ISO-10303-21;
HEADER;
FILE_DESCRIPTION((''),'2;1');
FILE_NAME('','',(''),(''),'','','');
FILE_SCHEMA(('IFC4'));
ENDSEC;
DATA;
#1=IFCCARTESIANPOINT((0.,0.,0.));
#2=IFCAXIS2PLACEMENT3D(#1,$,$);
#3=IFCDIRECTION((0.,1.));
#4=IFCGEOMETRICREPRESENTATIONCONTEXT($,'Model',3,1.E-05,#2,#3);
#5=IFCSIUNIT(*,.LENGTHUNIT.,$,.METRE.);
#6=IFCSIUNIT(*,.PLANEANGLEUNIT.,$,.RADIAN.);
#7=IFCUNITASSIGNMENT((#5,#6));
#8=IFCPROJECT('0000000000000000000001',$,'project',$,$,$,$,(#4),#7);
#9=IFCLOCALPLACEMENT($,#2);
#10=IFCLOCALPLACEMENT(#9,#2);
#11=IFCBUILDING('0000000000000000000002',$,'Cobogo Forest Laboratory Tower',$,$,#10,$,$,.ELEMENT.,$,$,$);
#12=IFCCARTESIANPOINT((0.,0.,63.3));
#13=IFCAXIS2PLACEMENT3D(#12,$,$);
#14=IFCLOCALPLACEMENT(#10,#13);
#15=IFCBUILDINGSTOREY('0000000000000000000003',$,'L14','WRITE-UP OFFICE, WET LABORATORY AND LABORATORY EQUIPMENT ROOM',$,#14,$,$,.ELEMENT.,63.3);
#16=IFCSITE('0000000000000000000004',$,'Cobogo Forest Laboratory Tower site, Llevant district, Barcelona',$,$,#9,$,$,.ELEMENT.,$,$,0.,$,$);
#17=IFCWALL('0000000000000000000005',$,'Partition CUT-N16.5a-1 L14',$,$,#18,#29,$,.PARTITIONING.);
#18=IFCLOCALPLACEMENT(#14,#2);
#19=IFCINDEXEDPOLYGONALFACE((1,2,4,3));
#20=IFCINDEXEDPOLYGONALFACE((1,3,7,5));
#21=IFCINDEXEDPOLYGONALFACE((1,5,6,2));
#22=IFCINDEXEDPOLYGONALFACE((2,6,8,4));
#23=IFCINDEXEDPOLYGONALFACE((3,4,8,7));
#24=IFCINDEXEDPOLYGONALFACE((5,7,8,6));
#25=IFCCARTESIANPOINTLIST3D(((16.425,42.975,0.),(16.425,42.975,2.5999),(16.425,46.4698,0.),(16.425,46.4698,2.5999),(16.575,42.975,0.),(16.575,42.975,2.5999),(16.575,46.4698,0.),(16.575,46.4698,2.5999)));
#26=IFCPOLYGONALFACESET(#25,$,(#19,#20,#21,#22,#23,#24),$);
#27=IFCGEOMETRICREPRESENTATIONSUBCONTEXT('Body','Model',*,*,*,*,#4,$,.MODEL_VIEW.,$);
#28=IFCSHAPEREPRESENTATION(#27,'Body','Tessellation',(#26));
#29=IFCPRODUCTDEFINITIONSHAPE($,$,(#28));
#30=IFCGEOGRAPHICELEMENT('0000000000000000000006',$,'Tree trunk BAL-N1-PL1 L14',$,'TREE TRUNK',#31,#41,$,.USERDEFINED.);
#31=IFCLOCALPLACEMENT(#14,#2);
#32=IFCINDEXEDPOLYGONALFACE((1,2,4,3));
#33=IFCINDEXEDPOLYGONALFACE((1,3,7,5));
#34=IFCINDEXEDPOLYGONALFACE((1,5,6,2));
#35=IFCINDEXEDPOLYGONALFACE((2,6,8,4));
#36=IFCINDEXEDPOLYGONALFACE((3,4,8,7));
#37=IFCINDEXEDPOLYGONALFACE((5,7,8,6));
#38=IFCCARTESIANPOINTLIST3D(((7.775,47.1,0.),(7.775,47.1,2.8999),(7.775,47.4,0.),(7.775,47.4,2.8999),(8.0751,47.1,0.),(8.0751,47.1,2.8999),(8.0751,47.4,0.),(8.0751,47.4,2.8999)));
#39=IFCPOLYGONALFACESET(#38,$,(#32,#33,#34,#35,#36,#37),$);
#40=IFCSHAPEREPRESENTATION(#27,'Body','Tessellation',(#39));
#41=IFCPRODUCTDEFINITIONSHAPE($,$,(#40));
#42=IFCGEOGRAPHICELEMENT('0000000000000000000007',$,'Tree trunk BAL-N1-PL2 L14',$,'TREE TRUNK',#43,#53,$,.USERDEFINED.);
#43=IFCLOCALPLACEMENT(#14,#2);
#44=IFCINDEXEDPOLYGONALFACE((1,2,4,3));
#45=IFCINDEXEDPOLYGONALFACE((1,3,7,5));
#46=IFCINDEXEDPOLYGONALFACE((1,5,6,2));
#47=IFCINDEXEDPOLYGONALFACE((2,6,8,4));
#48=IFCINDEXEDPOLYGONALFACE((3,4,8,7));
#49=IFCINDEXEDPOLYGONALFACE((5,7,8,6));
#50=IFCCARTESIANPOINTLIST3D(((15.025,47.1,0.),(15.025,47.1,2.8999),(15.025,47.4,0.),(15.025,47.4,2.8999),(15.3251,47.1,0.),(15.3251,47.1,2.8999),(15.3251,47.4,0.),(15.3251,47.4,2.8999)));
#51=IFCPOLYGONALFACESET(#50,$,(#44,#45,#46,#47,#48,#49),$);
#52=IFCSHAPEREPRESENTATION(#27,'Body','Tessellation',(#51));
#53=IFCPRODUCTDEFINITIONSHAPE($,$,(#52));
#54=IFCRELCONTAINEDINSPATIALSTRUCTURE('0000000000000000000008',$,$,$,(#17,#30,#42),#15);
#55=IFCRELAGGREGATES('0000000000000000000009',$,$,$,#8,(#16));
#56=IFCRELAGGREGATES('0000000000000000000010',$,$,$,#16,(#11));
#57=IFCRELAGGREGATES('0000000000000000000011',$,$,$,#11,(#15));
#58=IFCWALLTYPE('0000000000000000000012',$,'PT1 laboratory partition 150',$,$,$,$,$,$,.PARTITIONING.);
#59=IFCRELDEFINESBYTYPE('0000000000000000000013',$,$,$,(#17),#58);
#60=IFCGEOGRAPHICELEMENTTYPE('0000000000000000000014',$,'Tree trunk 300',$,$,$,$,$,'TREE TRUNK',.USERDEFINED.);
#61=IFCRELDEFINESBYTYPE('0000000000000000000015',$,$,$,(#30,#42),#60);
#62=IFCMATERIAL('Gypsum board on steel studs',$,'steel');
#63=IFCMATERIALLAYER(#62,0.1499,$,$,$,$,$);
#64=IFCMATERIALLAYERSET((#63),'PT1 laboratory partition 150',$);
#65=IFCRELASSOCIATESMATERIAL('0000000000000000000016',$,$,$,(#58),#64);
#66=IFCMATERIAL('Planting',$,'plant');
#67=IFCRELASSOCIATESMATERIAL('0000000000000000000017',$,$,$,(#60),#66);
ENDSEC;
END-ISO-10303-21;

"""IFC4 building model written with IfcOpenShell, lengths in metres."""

from ifc_helpers import new_model, si_unit, direction, frame, frame_2d, origin, origin_2d, place, context, subcontext, project, spatial, rectangle, extrude, material, layer, layer_set, type_object, element, save


model = new_model("IFC4")

# Units and contexts
model_context = context("Model", 3, precision=1e-05, world=origin(), true_north=direction((0.0, 1.0)))
body_context = subcontext(model_context, "Body", "Model", "MODEL_VIEW")
ifc_project = project(units=[si_unit("LENGTHUNIT", "METRE"), si_unit("PLANEANGLEUNIT", "RADIAN")], contexts=[model_context])

# Site, building, storey
site_placement = place(None, origin())
site = spatial("IfcSite", under=ifc_project, at=site_placement, Name="Cobogo Forest Laboratory Tower site, Llevant district, Barcelona", CompositionType="ELEMENT", RefElevation=0.0)
building_placement = place(site_placement, origin())
building = spatial("IfcBuilding", under=site, at=building_placement, Name="Cobogo Forest Laboratory Tower", CompositionType="ELEMENT")
storey_placement = place(building_placement, frame((0.0, 0.0, 63.3)))
storey = spatial("IfcBuildingStorey", under=building, at=storey_placement, Name="L14", Description="WRITE-UP OFFICE, WET LABORATORY AND LABORATORY EQUIPMENT ROOM", CompositionType="ELEMENT", Elevation=63.3)

# Wall
ifc_material_1 = material(Name="Gypsum board on steel studs", Category="steel")
ifc_layer_1 = layer(ifc_material_1, 0.1499)
ifc_layer_set_1 = layer_set([ifc_layer_1], Name="PT1 laboratory partition 150")
wall_type_1 = type_object("IfcWallType", Name="PT1 laboratory partition 150", PredefinedType="PARTITIONING", material=ifc_layer_set_1)
wall_1_placement = place(storey_placement, frame((16.5, 46.47, 0.0), z_axis=(0.0, 0.0, 1.0), x_axis=(0.0, -1.0, 0.0)))
element("IfcWall", 1, at=wall_1_placement, inside=storey, type_object=wall_type_1, Name="Partition CUT-N16.5a-1 L14", PredefinedType="PARTITIONING", context=body_context, shape_type="SweptSolid", body=[
    extrude(rectangle(XDim=3.4949, YDim=0.1499, at=frame_2d((1.7476, 0.0))), origin(), (0.0, 0.0, 1.0), 2.5999),
])

# Geographic elements
ifc_material_2 = material(Name="Planting", Category="plant")
geographic_element_type = type_object("IfcGeographicElementType", Name="Tree trunk 300", ElementType="TREE TRUNK", PredefinedType="USERDEFINED", material=ifc_material_2)
for number, where, z_axis, x_axis, name in (
    (2, (7.925, 47.25, 0.0), (0.0, 0.0, 1.0), (1.0, 0.0, 0.0), "Tree trunk BAL-N1-PL1 L14"),
    (3, (15.175, 47.25, 0.0), (0.0, 0.0, 1.0), (1.0, 0.0, 0.0), "Tree trunk BAL-N1-PL2 L14"),
):
    element("IfcGeographicElement", number, at=place(storey_placement, frame(where, z_axis=z_axis, x_axis=x_axis)), inside=storey, type_object=geographic_element_type, Name=name, ObjectType="TREE TRUNK", PredefinedType="USERDEFINED", context=body_context, shape_type="SweptSolid", body=[
        extrude(rectangle(XDim=0.3, YDim=0.3, at=origin_2d()), origin(), (0.0, 0.0, 1.0), 2.8999),
    ])

save(model, "model.ifc")
